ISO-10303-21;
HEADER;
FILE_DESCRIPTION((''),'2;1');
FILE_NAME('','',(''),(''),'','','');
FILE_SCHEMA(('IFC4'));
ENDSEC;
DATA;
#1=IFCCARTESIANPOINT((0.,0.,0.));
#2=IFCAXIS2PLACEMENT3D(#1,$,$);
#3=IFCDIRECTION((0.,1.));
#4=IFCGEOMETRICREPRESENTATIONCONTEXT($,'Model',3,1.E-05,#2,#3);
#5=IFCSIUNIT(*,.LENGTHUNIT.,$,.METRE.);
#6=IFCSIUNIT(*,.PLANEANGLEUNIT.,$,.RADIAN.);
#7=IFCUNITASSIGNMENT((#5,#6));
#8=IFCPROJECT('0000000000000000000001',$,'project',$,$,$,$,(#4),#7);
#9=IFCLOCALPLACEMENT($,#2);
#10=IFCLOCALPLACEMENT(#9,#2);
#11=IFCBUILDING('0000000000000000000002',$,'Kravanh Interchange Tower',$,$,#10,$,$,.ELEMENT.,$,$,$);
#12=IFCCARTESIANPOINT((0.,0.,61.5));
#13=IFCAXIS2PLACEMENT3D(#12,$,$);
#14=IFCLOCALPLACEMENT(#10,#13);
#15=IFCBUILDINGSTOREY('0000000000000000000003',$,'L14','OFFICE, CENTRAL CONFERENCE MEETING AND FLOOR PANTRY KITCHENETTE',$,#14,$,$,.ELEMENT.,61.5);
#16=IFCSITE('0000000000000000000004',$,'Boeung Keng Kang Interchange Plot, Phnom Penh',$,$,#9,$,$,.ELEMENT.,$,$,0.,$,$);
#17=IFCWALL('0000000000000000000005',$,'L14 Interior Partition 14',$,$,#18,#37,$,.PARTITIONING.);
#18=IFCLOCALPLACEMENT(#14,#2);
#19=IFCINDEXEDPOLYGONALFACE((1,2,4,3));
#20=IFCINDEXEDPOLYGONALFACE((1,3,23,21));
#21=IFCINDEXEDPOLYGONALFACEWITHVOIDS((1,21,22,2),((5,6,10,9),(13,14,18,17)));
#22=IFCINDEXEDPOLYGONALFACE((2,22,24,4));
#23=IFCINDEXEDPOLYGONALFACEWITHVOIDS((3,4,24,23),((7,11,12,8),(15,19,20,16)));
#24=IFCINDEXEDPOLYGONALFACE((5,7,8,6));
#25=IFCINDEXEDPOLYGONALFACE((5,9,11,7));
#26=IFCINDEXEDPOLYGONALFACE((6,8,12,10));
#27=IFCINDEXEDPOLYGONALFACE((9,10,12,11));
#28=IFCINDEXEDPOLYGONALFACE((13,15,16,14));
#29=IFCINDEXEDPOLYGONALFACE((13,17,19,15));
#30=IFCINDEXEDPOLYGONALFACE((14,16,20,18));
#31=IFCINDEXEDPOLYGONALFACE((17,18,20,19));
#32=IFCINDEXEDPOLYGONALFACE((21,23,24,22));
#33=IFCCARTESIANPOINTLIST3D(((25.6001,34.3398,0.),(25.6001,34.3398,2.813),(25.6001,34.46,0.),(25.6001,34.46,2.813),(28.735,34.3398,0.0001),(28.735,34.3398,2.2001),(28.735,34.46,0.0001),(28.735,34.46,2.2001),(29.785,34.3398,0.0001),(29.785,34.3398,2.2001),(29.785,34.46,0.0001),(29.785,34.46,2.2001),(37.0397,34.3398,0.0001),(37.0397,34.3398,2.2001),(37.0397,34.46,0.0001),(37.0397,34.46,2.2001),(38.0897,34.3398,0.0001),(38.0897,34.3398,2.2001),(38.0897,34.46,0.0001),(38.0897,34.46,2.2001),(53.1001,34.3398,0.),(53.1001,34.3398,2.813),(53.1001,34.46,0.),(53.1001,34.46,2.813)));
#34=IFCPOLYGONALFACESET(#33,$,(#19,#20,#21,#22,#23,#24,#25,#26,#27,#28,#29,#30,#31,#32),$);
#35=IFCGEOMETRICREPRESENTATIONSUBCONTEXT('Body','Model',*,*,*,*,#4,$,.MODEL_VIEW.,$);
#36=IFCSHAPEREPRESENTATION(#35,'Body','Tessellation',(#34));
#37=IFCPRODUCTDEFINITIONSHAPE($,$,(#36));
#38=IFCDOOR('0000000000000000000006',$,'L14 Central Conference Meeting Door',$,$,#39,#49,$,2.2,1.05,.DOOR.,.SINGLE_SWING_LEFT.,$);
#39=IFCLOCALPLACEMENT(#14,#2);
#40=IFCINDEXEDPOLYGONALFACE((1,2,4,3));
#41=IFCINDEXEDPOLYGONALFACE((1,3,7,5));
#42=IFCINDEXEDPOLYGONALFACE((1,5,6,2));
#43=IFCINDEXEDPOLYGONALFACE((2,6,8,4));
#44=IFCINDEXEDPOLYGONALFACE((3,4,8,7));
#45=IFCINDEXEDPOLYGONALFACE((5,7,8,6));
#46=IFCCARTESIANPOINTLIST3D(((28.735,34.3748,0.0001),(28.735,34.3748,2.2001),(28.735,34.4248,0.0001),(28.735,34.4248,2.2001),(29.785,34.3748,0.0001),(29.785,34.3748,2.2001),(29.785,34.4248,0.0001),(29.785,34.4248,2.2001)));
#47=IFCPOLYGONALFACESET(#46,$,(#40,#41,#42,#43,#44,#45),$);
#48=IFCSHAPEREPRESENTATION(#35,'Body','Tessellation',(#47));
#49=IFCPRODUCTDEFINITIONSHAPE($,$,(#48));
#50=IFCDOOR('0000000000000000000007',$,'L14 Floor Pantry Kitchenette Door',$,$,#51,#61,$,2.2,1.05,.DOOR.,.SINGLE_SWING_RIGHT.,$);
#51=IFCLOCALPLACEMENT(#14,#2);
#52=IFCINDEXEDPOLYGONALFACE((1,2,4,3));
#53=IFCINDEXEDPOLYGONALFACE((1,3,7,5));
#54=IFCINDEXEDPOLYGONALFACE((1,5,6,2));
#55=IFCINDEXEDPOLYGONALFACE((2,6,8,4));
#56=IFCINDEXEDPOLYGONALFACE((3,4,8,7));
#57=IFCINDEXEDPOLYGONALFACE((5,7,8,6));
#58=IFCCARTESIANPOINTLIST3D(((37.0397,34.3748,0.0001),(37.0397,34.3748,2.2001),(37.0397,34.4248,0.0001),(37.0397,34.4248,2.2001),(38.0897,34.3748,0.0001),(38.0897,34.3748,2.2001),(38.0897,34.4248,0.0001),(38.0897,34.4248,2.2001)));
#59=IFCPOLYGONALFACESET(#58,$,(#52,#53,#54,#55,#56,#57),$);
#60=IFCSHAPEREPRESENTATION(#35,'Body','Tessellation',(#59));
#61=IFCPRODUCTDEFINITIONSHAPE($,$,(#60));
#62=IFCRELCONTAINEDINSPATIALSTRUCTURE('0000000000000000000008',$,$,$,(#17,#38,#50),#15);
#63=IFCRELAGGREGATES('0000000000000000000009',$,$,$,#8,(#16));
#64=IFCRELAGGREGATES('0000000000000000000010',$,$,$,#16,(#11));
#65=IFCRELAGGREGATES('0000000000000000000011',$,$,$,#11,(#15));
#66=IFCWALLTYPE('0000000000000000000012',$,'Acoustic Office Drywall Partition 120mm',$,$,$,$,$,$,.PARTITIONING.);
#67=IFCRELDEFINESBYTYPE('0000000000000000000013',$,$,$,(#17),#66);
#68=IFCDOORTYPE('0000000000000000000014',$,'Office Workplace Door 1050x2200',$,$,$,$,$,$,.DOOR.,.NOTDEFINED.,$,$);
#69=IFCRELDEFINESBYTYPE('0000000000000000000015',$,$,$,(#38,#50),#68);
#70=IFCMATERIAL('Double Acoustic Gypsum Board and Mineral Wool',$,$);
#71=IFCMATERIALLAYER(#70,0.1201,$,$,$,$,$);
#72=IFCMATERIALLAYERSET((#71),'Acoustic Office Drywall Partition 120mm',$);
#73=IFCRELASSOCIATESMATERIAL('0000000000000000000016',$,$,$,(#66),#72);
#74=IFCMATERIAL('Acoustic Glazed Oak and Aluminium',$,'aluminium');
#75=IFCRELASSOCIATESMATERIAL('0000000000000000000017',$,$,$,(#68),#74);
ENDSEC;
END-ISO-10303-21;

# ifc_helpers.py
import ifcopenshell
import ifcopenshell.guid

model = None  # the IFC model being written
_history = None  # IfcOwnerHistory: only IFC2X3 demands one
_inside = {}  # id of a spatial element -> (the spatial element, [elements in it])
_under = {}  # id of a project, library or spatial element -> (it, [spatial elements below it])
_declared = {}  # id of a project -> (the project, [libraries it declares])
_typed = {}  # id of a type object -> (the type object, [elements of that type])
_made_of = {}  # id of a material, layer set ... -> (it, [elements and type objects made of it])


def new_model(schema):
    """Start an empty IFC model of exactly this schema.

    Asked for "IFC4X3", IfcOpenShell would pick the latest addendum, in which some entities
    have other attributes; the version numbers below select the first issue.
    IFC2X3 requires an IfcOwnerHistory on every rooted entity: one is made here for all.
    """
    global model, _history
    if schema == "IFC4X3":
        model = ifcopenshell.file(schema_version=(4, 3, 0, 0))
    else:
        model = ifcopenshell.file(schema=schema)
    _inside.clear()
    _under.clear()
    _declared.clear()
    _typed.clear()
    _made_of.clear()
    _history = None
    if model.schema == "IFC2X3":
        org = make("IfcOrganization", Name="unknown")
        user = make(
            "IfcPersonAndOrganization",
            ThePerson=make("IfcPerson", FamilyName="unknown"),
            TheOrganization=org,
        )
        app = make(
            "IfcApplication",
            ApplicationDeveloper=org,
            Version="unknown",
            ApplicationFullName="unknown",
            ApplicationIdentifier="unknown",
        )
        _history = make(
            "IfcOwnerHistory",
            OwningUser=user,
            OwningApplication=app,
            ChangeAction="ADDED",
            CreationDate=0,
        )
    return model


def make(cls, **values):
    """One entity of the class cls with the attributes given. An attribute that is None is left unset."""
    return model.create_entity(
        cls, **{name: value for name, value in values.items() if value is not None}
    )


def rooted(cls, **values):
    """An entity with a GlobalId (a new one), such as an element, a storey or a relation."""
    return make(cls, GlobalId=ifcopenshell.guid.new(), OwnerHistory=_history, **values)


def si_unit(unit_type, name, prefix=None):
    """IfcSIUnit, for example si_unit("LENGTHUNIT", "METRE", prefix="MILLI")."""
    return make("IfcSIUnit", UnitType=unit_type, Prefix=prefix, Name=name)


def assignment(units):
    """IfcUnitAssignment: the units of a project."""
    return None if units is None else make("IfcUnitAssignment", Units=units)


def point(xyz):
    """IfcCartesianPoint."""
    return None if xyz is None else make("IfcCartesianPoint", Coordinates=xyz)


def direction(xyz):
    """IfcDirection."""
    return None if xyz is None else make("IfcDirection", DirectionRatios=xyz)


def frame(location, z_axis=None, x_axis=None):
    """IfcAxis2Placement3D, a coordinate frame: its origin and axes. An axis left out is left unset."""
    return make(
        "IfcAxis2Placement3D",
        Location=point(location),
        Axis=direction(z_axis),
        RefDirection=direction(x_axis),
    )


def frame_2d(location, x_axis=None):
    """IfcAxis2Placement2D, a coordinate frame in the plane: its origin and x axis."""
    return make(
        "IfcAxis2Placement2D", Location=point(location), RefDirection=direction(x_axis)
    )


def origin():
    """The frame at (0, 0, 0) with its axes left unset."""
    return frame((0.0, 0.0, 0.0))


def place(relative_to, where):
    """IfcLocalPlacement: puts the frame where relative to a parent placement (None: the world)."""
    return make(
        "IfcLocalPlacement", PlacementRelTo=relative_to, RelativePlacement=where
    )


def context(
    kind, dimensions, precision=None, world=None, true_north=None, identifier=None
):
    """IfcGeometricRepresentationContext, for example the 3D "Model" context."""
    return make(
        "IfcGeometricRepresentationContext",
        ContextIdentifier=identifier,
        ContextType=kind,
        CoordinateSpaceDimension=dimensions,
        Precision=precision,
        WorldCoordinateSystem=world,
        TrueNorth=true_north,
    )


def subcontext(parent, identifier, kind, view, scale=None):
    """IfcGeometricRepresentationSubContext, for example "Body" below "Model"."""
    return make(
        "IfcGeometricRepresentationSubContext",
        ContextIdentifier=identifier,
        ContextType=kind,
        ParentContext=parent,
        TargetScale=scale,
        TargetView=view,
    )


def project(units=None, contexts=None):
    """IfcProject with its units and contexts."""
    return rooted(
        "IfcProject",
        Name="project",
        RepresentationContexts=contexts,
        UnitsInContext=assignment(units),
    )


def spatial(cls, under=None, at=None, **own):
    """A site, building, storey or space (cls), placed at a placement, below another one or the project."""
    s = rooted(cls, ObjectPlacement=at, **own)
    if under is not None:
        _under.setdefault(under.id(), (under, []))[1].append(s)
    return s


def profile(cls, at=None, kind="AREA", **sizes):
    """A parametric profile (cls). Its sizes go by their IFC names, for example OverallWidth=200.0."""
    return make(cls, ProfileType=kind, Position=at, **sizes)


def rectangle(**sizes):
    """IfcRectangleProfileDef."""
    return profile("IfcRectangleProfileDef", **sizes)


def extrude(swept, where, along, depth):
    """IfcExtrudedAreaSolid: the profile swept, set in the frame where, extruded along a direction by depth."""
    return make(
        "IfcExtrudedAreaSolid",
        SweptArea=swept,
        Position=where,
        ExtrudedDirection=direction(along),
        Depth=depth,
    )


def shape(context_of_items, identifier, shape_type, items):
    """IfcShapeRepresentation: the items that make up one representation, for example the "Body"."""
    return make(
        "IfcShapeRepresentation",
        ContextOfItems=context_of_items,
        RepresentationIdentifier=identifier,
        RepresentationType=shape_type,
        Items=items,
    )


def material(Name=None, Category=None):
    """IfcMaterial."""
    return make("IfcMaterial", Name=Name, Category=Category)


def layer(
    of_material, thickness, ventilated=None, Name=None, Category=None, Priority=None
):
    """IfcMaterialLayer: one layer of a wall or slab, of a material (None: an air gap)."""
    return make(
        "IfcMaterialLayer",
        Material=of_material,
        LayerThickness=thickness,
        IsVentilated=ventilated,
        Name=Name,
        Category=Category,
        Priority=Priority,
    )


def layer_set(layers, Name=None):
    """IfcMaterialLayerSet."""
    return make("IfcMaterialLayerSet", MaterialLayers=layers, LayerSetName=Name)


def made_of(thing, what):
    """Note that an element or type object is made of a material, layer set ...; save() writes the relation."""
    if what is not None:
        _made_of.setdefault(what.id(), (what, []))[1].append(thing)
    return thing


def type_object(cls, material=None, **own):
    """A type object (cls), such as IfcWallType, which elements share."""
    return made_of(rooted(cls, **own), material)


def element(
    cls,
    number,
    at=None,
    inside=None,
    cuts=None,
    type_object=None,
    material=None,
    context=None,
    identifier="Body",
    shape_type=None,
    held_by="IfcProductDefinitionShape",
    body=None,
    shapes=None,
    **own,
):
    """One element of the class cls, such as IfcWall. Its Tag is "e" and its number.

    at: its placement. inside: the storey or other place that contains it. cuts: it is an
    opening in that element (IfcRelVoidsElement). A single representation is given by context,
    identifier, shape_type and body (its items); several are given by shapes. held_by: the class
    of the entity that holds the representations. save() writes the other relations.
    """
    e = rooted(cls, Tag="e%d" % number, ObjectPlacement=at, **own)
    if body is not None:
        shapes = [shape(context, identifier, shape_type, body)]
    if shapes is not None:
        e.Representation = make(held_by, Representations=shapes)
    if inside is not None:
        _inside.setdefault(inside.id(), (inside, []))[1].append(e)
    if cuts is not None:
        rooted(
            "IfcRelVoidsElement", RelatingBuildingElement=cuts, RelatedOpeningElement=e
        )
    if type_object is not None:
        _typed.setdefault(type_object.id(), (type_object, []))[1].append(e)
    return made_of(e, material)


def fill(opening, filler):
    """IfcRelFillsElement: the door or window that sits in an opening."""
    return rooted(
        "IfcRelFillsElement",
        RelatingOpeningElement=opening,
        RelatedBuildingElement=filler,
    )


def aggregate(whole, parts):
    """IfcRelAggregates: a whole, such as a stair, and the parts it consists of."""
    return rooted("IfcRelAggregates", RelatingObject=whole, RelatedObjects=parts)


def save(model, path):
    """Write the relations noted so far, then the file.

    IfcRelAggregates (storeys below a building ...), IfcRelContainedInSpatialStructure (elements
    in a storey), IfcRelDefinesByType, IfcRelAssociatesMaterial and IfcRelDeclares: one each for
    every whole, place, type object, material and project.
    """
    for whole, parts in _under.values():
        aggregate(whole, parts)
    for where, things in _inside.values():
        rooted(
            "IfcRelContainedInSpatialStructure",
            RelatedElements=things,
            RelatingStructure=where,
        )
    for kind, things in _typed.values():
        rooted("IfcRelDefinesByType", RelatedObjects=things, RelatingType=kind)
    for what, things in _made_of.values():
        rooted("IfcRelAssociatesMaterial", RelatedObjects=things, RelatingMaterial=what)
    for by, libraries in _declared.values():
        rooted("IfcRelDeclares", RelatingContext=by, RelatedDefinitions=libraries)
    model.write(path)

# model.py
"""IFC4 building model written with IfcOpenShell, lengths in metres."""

from ifc_helpers import new_model, si_unit, direction, frame, frame_2d, origin, place, context, subcontext, project, spatial, rectangle, extrude, material, layer, layer_set, type_object, element, fill, save


model = new_model("IFC4")

# Units and contexts
model_context = context("Model", 3, precision=1e-05, world=origin(), true_north=direction((0.0, 1.0)))
body_context = subcontext(model_context, "Body", "Model", "MODEL_VIEW")
ifc_project = project(units=[si_unit("LENGTHUNIT", "METRE"), si_unit("PLANEANGLEUNIT", "RADIAN")], contexts=[model_context])

# Site, building, storey
site_placement = place(None, origin())
site = spatial("IfcSite", under=ifc_project, at=site_placement, Name="Boeung Keng Kang Interchange Plot, Phnom Penh", CompositionType="ELEMENT", RefElevation=0.0)
building_placement = place(site_placement, origin())
building = spatial("IfcBuilding", under=site, at=building_placement, Name="Kravanh Interchange Tower", CompositionType="ELEMENT")
storey_placement = place(building_placement, frame((0.0, 0.0, 61.5)))
storey = spatial("IfcBuildingStorey", under=building, at=storey_placement, Name="L14", Description="OFFICE, CENTRAL CONFERENCE MEETING AND FLOOR PANTRY KITCHENETTE", CompositionType="ELEMENT", Elevation=61.5)

# Wall, openings, doors
ifc_material_1 = material(Name="Double Acoustic Gypsum Board and Mineral Wool")
ifc_layer = layer(ifc_material_1, 0.1201)
ifc_layer_set = layer_set([ifc_layer], Name="Acoustic Office Drywall Partition 120mm")
wall_type = type_object("IfcWallType", Name="Acoustic Office Drywall Partition 120mm", PredefinedType="PARTITIONING", material=ifc_layer_set)
wall_placement = place(storey_placement, frame((25.6001, 34.3999, 0.0), z_axis=(0.0, 0.0, 1.0), x_axis=(1.0, 0.0, 0.0)))
wall = element("IfcWall", 1, at=wall_placement, inside=storey, type_object=wall_type, Name="L14 Interior Partition 14", PredefinedType="PARTITIONING", context=body_context, shape_type="SweptSolid", body=[
    extrude(rectangle(XDim=27.5, YDim=0.1201, at=frame_2d((13.75, 0.0))), origin(), (0.0, 0.0, 1.0), 2.813),
])
opening_1_placement = place(wall_placement, frame((3.135, 0.0, 0.0)))
opening_1 = element("IfcOpeningElement", 2, at=opening_1_placement, cuts=wall, PredefinedType="OPENING", context=body_context, shape_type="SweptSolid", body=[
    extrude(rectangle(XDim=1.05, YDim=2.2, at=frame_2d((0.5249, 1.1001))), frame((0.0, 0.0701, 0.0), z_axis=(0.0, -1.0, 0.0), x_axis=(1.0, 0.0, 0.0)), (0.0, 0.0, 1.0), 0.1401),
])
opening_2_placement = place(wall_placement, frame((11.4397, 0.0, 0.0)))
opening_2 = element("IfcOpeningElement", 3, at=opening_2_placement, cuts=wall, PredefinedType="OPENING", context=body_context, shape_type="SweptSolid", body=[
    extrude(rectangle(XDim=1.05, YDim=2.2, at=frame_2d((0.5249, 1.1001))), frame((0.0, 0.0701, 0.0), z_axis=(0.0, -1.0, 0.0), x_axis=(1.0, 0.0, 0.0)), (0.0, 0.0, 1.0), 0.1401),
])
ifc_material_2 = material(Name="Acoustic Glazed Oak and Aluminium", Category="aluminium")
door_type = type_object("IfcDoorType", Name="Office Workplace Door 1050x2200", OperationType="NOTDEFINED", PredefinedType="DOOR", material=ifc_material_2)
door_1_placement = place(opening_1_placement, origin())
door_1 = element("IfcDoor", 4, at=door_1_placement, inside=storey, type_object=door_type, Name="L14 Central Conference Meeting Door", OperationType="SINGLE_SWING_LEFT", OverallHeight=2.2, OverallWidth=1.05, PredefinedType="DOOR", context=body_context, shape_type="SweptSolid", body=[
    extrude(rectangle(XDim=1.05, YDim=2.2, at=frame_2d((0.5249, 1.1001))), frame((0.0, 0.0249, 0.0), z_axis=(0.0, -1.0, 0.0), x_axis=(1.0, 0.0, 0.0)), (0.0, 0.0, 1.0), 0.05),
])
fill(opening_1, door_1)
door_2_placement = place(opening_2_placement, origin())
door_2 = element("IfcDoor", 5, at=door_2_placement, inside=storey, type_object=door_type, Name="L14 Floor Pantry Kitchenette Door", OperationType="SINGLE_SWING_RIGHT", OverallHeight=2.2, OverallWidth=1.05, PredefinedType="DOOR", context=body_context, shape_type="SweptSolid", body=[
    extrude(rectangle(XDim=1.05, YDim=2.2, at=frame_2d((0.5249, 1.1001))), frame((0.0, 0.0249, 0.0), z_axis=(0.0, -1.0, 0.0), x_axis=(1.0, 0.0, 0.0)), (0.0, 0.0, 1.0), 0.05),
])
fill(opening_2, door_2)

save(model, "model.ifc")
